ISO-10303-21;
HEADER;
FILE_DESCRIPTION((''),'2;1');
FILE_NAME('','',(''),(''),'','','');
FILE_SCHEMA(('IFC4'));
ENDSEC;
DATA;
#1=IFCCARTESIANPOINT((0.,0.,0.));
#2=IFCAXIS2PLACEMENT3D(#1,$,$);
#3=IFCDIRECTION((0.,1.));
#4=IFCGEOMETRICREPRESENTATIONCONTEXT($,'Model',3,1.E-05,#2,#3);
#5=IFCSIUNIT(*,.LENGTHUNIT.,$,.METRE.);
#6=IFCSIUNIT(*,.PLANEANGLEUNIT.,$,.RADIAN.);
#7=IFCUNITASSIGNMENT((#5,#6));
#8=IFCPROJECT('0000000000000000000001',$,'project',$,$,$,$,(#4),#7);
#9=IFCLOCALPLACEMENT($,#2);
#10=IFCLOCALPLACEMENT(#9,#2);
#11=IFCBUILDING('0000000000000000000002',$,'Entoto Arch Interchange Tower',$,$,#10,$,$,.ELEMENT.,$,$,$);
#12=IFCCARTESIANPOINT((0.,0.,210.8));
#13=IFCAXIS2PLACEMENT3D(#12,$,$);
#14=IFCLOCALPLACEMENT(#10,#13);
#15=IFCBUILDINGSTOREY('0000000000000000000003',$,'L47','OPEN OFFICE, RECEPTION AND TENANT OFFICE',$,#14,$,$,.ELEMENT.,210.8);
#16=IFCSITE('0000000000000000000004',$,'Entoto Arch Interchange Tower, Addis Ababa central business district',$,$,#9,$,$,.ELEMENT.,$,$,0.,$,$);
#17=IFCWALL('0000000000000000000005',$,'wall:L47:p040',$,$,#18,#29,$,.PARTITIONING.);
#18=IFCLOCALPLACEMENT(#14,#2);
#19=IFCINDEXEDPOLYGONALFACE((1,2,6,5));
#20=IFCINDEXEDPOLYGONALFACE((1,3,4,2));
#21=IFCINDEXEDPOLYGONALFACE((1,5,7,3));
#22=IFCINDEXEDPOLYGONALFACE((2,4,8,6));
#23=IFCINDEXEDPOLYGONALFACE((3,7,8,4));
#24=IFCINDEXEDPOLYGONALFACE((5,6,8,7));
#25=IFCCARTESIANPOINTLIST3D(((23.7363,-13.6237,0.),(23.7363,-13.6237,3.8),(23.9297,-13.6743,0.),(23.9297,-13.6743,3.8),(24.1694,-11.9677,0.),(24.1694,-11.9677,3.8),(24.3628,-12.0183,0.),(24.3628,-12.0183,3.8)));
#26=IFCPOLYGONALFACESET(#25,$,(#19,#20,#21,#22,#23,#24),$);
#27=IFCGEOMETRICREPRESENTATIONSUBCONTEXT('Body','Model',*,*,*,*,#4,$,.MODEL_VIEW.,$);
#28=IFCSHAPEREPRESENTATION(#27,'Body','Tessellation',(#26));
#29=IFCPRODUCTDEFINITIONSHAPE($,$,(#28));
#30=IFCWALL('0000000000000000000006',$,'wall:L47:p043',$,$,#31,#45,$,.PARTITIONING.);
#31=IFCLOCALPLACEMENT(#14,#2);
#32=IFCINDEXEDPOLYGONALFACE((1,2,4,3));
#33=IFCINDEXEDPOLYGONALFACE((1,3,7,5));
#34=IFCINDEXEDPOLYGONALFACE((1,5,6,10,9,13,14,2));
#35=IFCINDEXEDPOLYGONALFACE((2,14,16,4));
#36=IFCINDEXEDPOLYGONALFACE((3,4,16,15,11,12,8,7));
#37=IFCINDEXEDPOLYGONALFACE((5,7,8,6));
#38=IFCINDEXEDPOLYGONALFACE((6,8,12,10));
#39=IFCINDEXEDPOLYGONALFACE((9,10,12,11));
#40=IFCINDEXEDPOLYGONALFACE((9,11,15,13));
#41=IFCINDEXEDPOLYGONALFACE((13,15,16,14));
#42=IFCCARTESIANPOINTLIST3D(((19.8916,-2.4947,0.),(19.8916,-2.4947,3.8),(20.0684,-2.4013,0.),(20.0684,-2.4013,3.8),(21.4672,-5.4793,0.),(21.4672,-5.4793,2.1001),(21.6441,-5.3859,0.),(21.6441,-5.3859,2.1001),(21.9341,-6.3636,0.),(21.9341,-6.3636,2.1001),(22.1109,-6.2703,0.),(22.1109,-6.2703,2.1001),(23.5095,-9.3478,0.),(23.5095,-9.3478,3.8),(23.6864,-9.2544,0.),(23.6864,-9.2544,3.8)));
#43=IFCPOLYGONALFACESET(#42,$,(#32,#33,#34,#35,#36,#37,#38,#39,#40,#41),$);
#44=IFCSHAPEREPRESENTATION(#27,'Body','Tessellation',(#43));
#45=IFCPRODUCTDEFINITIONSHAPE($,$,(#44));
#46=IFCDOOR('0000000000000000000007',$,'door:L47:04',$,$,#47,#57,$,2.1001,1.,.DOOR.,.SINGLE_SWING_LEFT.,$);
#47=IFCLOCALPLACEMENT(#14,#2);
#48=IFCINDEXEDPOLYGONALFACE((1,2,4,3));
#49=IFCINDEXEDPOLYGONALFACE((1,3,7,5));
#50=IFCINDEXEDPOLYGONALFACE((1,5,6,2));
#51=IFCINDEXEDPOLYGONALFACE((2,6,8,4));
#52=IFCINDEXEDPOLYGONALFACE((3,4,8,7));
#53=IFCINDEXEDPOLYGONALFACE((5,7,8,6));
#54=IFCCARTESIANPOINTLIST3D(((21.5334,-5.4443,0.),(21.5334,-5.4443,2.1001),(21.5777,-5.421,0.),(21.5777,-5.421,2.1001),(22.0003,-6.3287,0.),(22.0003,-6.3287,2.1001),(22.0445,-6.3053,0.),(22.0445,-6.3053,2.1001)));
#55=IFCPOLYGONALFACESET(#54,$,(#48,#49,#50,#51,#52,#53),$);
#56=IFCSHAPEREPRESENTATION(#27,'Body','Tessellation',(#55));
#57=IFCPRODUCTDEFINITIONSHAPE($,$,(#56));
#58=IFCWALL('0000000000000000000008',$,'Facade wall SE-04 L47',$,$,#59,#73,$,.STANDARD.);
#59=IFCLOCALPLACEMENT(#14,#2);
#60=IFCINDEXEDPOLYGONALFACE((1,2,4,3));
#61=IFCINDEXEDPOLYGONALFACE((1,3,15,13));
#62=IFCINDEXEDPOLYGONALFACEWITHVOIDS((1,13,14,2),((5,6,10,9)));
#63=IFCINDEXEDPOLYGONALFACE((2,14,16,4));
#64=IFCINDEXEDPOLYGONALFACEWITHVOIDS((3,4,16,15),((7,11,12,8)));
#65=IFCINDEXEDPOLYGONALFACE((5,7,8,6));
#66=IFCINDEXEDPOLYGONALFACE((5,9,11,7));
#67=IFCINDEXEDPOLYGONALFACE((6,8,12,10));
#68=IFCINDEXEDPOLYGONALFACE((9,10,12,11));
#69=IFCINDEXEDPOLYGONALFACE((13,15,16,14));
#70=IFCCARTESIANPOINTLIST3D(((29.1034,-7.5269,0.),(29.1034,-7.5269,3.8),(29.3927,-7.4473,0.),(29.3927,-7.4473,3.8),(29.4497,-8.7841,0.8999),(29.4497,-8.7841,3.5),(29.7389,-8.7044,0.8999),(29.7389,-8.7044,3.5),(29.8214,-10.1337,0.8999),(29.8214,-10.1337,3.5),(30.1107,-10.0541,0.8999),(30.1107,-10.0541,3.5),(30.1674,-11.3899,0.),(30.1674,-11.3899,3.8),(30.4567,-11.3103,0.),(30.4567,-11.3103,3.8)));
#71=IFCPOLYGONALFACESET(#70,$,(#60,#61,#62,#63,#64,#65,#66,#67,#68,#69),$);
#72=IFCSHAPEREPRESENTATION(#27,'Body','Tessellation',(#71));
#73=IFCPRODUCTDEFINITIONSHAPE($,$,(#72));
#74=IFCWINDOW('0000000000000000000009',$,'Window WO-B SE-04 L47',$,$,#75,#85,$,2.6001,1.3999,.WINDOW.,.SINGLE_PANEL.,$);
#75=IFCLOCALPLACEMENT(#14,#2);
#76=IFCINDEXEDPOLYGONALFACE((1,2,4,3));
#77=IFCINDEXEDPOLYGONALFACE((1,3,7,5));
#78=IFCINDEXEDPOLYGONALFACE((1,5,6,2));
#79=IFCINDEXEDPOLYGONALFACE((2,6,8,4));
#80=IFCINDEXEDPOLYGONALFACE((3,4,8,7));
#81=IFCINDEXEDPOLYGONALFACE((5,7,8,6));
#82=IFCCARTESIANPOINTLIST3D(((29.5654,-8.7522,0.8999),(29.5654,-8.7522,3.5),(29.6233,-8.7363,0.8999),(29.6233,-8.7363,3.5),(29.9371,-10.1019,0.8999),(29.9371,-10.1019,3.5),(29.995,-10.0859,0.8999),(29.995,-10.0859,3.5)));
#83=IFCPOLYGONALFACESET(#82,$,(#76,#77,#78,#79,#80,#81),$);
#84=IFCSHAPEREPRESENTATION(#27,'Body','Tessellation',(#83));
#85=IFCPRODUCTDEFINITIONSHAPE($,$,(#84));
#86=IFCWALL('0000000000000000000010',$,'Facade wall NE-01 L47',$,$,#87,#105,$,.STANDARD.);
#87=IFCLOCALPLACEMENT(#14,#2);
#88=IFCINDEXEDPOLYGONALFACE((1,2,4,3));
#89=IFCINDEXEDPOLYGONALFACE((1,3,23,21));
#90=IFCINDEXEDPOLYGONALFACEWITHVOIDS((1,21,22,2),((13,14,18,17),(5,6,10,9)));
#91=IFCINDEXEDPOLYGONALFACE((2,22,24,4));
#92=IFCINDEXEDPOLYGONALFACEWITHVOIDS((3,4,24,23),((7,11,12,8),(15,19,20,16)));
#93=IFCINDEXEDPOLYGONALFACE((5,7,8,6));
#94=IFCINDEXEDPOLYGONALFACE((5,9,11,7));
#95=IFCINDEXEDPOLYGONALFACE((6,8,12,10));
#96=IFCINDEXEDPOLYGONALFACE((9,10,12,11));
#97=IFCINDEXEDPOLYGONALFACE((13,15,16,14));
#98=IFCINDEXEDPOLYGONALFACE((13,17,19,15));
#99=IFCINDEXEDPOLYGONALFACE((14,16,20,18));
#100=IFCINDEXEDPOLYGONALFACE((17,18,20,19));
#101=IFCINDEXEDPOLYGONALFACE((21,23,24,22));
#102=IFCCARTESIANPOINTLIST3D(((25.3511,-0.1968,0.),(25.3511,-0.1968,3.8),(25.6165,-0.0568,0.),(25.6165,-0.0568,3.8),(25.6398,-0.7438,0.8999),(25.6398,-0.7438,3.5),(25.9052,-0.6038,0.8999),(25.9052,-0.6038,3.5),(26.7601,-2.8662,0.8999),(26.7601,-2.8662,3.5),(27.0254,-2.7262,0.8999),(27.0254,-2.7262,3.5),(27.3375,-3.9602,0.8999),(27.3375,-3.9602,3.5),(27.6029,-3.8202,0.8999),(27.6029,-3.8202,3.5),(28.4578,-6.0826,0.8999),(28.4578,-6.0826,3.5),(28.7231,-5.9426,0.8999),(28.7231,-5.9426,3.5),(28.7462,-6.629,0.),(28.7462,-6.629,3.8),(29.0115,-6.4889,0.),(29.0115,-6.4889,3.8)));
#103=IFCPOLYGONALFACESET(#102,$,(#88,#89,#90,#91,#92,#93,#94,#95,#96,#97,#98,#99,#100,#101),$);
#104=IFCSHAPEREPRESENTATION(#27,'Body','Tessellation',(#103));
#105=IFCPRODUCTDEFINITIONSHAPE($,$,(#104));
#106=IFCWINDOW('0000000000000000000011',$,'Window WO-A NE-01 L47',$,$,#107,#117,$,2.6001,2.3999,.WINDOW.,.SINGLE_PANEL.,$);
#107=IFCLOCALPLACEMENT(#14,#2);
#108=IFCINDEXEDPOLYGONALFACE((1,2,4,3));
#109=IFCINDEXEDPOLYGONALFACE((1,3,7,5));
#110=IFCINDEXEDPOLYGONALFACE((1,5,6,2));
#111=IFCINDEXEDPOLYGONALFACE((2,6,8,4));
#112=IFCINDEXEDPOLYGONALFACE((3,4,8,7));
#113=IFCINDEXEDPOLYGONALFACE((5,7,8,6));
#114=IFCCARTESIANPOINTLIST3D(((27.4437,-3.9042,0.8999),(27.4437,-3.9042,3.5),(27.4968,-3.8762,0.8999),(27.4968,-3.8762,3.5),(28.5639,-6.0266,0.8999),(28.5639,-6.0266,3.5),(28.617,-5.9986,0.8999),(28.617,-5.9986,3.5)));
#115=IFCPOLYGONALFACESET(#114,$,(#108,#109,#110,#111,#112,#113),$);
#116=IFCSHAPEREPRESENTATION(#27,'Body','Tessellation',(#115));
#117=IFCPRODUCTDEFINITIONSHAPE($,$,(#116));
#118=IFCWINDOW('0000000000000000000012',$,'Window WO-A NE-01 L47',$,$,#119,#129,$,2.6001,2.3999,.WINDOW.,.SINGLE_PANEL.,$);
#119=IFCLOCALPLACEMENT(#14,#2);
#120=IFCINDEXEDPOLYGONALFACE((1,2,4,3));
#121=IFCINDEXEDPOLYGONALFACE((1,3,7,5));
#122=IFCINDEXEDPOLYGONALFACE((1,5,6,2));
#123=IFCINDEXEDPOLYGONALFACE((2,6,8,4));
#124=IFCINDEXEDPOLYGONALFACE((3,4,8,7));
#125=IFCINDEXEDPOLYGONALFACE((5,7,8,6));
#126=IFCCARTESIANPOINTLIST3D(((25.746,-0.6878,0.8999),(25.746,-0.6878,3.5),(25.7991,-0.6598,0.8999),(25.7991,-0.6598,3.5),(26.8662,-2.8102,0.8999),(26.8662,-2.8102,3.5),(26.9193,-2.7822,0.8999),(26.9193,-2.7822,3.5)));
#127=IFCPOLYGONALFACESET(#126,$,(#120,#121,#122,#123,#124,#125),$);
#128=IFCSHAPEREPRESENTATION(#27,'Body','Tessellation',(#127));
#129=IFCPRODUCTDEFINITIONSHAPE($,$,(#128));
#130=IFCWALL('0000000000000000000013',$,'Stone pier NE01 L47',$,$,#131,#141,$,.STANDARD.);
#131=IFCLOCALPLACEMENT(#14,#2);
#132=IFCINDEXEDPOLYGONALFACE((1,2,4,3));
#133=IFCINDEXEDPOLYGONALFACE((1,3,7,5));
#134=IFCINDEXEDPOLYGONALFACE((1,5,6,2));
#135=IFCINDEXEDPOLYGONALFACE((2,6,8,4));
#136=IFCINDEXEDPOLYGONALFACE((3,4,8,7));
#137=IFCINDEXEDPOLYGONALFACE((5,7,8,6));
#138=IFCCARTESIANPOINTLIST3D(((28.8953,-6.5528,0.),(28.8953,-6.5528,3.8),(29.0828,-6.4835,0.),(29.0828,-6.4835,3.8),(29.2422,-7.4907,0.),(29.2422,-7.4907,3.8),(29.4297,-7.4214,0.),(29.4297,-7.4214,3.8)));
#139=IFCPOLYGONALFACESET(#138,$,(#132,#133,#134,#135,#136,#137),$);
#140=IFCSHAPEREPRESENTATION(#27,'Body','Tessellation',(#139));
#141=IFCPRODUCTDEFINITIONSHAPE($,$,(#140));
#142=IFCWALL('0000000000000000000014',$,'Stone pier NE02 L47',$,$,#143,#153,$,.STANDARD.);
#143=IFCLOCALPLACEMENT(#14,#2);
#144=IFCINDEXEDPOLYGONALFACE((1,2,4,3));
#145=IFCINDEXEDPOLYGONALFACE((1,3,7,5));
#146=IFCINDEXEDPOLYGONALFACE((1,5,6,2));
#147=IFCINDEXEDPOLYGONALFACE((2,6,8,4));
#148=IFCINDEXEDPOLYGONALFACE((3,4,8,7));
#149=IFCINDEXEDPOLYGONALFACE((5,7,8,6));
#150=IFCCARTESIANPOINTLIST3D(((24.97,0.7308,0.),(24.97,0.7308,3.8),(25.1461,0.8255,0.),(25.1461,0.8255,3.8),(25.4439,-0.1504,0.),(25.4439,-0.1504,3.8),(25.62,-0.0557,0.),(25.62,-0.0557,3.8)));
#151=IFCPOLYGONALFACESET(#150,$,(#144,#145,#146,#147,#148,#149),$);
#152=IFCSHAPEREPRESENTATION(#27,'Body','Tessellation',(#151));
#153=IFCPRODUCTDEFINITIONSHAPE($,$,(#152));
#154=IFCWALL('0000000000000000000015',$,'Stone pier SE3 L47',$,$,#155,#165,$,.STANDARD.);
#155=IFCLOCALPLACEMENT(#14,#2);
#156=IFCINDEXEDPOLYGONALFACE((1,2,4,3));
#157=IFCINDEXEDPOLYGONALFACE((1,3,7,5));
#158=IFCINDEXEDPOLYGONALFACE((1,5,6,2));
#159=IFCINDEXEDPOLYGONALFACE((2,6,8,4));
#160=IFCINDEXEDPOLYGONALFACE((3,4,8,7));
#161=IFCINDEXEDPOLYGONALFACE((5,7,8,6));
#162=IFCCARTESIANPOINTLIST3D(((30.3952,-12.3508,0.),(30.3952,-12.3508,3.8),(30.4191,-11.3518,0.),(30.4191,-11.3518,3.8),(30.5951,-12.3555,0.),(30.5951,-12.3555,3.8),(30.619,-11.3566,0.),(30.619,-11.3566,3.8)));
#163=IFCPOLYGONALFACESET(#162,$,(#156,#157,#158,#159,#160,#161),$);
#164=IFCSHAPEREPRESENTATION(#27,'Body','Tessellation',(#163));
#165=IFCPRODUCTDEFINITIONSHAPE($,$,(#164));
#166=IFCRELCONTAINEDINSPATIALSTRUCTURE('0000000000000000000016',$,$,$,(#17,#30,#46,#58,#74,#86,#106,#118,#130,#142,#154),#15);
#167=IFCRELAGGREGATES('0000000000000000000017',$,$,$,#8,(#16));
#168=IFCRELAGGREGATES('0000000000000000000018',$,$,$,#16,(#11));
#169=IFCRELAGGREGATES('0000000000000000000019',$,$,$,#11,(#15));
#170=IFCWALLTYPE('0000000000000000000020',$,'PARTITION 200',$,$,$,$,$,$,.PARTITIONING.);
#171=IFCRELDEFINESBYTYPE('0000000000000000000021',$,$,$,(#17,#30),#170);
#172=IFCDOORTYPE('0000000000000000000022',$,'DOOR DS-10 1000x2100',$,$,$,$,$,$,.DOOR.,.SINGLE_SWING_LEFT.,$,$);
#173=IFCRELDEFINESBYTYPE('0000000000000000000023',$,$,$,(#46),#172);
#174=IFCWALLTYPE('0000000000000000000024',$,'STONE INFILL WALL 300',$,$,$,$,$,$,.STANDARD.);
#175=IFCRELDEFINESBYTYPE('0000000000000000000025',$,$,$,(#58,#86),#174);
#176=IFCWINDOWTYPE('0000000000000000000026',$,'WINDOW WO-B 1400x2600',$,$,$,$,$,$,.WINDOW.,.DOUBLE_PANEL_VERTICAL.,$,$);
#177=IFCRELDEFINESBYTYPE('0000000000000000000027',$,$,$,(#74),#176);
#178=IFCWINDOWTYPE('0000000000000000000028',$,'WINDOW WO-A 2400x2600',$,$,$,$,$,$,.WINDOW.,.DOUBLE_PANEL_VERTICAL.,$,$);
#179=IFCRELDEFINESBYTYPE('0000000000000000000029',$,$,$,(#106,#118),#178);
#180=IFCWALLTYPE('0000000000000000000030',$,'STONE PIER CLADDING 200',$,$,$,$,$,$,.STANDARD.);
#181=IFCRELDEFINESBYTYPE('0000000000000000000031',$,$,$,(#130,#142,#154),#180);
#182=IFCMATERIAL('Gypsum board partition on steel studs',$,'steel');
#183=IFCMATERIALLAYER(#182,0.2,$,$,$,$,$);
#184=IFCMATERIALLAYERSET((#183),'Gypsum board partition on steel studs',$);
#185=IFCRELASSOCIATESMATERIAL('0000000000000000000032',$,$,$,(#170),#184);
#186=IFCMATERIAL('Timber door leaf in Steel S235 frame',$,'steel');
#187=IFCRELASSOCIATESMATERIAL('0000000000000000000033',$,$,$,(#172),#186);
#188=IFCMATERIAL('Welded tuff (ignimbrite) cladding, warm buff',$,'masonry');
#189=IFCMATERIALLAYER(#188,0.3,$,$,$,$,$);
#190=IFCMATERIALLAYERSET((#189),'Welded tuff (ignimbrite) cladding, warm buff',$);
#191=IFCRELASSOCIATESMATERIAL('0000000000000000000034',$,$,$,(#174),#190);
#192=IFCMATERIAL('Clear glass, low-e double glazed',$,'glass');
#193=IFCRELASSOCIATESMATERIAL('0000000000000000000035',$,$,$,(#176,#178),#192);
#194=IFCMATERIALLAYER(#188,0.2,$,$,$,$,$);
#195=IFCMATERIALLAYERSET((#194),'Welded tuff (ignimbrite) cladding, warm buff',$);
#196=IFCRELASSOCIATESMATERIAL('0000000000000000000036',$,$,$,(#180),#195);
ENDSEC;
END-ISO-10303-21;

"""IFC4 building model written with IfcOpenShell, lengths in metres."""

from ifc_helpers import new_model, si_unit, direction, frame, frame_2d, origin, place, context, subcontext, project, spatial, rectangle, extrude, material, layer, layer_set, type_object, element, fill, save


model = new_model("IFC4")

# Units and contexts
model_context = context("Model", 3, precision=1e-05, world=origin(), true_north=direction((0.0, 1.0)))
body_context = subcontext(model_context, "Body", "Model", "MODEL_VIEW")
ifc_project = project(units=[si_unit("LENGTHUNIT", "METRE"), si_unit("PLANEANGLEUNIT", "RADIAN")], contexts=[model_context])

# Site, building, storey
site_placement = place(None, origin())
site = spatial("IfcSite", under=ifc_project, at=site_placement, Name="Entoto Arch Interchange Tower, Addis Ababa central business district", CompositionType="ELEMENT", RefElevation=0.0)
building_placement = place(site_placement, origin())
building = spatial("IfcBuilding", under=site, at=building_placement, Name="Entoto Arch Interchange Tower", CompositionType="ELEMENT")
storey_placement = place(building_placement, frame((0.0, 0.0, 210.8)))
storey = spatial("IfcBuildingStorey", under=building, at=storey_placement, Name="L47", Description="OPEN OFFICE, RECEPTION AND TENANT OFFICE", CompositionType="ELEMENT", Elevation=210.8)

# Shared definitions
ifc_material_1 = material(Name="Gypsum board partition on steel studs", Category="steel")
ifc_layer_1 = layer(ifc_material_1, 0.2)
ifc_layer_set_1 = layer_set([ifc_layer_1], Name="Gypsum board partition on steel studs")
wall_type_1 = type_object("IfcWallType", Name="PARTITION 200", PredefinedType="PARTITIONING", material=ifc_layer_set_1)

# Shared definitions
ifc_material_2 = material(Name="Timber door leaf in Steel S235 frame", Category="steel")

# Wall
wall_1_placement = place(storey_placement, frame((24.2661, -11.9929, 0.0), z_axis=(0.0, 0.0, 1.0), x_axis=(-0.253026, -0.96746, 0.0)))
element("IfcWall", 1, at=wall_1_placement, inside=storey, type_object=wall_type_1, Name="wall:L47:p040", PredefinedType="PARTITIONING", context=body_context, shape_type="SweptSolid", body=[
    extrude(rectangle(XDim=1.7117, YDim=0.2, at=frame_2d((0.856, 0.0))), origin(), (0.0, 0.0, 1.0), 3.8),
])

# Wall, opening, door
wall_2_placement = place(storey_placement, frame((19.98, -2.448, 0.0), z_axis=(0.0, 0.0, 1.0), x_axis=(0.466864, -0.884329, 0.0)))
wall_2 = element("IfcWall", 2, at=wall_2_placement, inside=storey, type_object=wall_type_1, Name="wall:L47:p043", PredefinedType="PARTITIONING", context=body_context, shape_type="SweptSolid", body=[
    extrude(rectangle(XDim=7.7495, YDim=0.2, at=frame_2d((3.8748, 0.0))), origin(), (0.0, 0.0, 1.0), 3.8),
])
opening_1_placement = place(wall_2_placement, frame((3.375, 0.0, 0.0)))
opening_1 = element("IfcOpeningElement", 3, at=opening_1_placement, cuts=wall_2, PredefinedType="OPENING", context=body_context, shape_type="SweptSolid", body=[
    extrude(rectangle(XDim=1.0, YDim=2.1001, at=frame_2d((0.5, 1.05))), frame((0.0, 0.1099, 0.0), z_axis=(0.0, -1.0, 0.0), x_axis=(1.0, 0.0, 0.0)), (0.0, 0.0, 1.0), 0.22),
])
door_type_1 = type_object("IfcDoorType", Name="DOOR DS-10 1000x2100", OperationType="SINGLE_SWING_LEFT", PredefinedType="DOOR", material=ifc_material_2)
door_1_placement = place(opening_1_placement, origin())
door_1 = element("IfcDoor", 4, at=door_1_placement, inside=storey, type_object=door_type_1, Name="door:L47:04", OperationType="SINGLE_SWING_LEFT", OverallHeight=2.1001, OverallWidth=1.0, PredefinedType="DOOR", context=body_context, shape_type="SweptSolid", body=[
    extrude(rectangle(XDim=1.0, YDim=2.1001, at=frame_2d((0.5, 1.05))), frame((0.0, 0.0249, 0.0), z_axis=(0.0, -1.0, 0.0), x_axis=(1.0, 0.0, 0.0)), (0.0, 0.0, 1.0), 0.05),
])
fill(opening_1, door_1)

# Wall, opening, window
ifc_material_3 = material(Name="Welded tuff (ignimbrite) cladding, warm buff", Category="masonry")
ifc_layer_2 = layer(ifc_material_3, 0.3)
ifc_layer_set_2 = layer_set([ifc_layer_2], Name="Welded tuff (ignimbrite) cladding, warm buff")
wall_type_2 = type_object("IfcWallType", Name="STONE INFILL WALL 300", PredefinedType="STANDARD", material=ifc_layer_set_2)
wall_3_placement = place(storey_placement, frame((30.312, -11.3501, 0.0), z_axis=(0.0, 0.0, 1.0), x_axis=(-0.265535, 0.964101, 0.0)))
wall_3 = element("IfcWall", 5, at=wall_3_placement, inside=storey, type_object=wall_type_2, Name="Facade wall SE-04 L47", PredefinedType="STANDARD", context=body_context, shape_type="SweptSolid", body=[
    extrude(rectangle(XDim=4.0068, YDim=0.3, at=frame_2d((2.0034, 0.0))), origin(), (0.0, 0.0, 1.0), 3.8),
])
opening_2_placement = place(wall_3_placement, frame((1.303, 0.0, 0.8999)))
opening_2 = element("IfcOpeningElement", 6, at=opening_2_placement, cuts=wall_3, PredefinedType="OPENING", context=body_context, shape_type="SweptSolid", body=[
    extrude(rectangle(XDim=1.3999, YDim=2.6001, at=frame_2d((0.7, 1.3))), frame((0.0, 0.1602, 0.0), z_axis=(0.0, -1.0, 0.0), x_axis=(1.0, 0.0, 0.0)), (0.0, 0.0, 1.0), 0.3201),
])
ifc_material_4 = material(Name="Clear glass, low-e double glazed", Category="glass")
window_type_1 = type_object("IfcWindowType", Name="WINDOW WO-B 1400x2600", PartitioningType="DOUBLE_PANEL_VERTICAL", PredefinedType="WINDOW", material=ifc_material_4)
window_1_placement = place(opening_2_placement, origin())
window_1 = element("IfcWindow", 7, at=window_1_placement, inside=storey, type_object=window_type_1, Name="Window WO-B SE-04 L47", OverallHeight=2.6001, OverallWidth=1.3999, PartitioningType="SINGLE_PANEL", PredefinedType="WINDOW", context=body_context, shape_type="SweptSolid", body=[
    extrude(rectangle(XDim=1.3999, YDim=2.6001, at=frame_2d((0.7, 1.3))), frame((0.0, 0.03, 0.0), z_axis=(0.0, -1.0, 0.0), x_axis=(1.0, 0.0, 0.0)), (0.0, 0.0, 1.0), 0.0601),
])
fill(opening_2, window_1)

# Wall, openings, windows
wall_4_placement = place(storey_placement, frame((28.8789, -6.5591, 0.0), z_axis=(0.0, 0.0, 1.0), x_axis=(-0.466789, 0.884369, 0.0)))
wall_4 = element("IfcWall", 8, at=wall_4_placement, inside=storey, type_object=wall_type_2, Name="Facade wall NE-01 L47", PredefinedType="STANDARD", context=body_context, shape_type="SweptSolid", body=[
    extrude(rectangle(XDim=7.2732, YDim=0.3, at=frame_2d((3.6367, 0.0))), origin(), (0.0, 0.0, 1.0), 3.8),
])
opening_3_placement = place(wall_4_placement, frame((0.6179, 0.0, 0.8999)))
opening_3 = element("IfcOpeningElement", 9, at=opening_3_placement, cuts=wall_4, PredefinedType="OPENING", context=body_context, shape_type="SweptSolid", body=[
    extrude(rectangle(XDim=2.3999, YDim=2.6001, at=frame_2d((1.2, 1.3))), frame((0.0, 0.1602, 0.0), z_axis=(0.0, -1.0, 0.0), x_axis=(1.0, 0.0, 0.0)), (0.0, 0.0, 1.0), 0.3201),
])
opening_4_placement = place(wall_4_placement, frame((4.2549, 0.0, 0.8999)))
opening_4 = element("IfcOpeningElement", 10, at=opening_4_placement, cuts=wall_4, PredefinedType="OPENING", context=body_context, shape_type="SweptSolid", body=[
    extrude(rectangle(XDim=2.3999, YDim=2.6001, at=frame_2d((1.2, 1.3))), frame((0.0, 0.1602, 0.0), z_axis=(0.0, -1.0, 0.0), x_axis=(1.0, 0.0, 0.0)), (0.0, 0.0, 1.0), 0.3201),
])
window_type_2 = type_object("IfcWindowType", Name="WINDOW WO-A 2400x2600", PartitioningType="DOUBLE_PANEL_VERTICAL", PredefinedType="WINDOW", material=ifc_material_4)
window_2_placement = place(opening_3_placement, origin())
window_2 = element("IfcWindow", 11, at=window_2_placement, inside=storey, type_object=window_type_2, Name="Window WO-A NE-01 L47", OverallHeight=2.6001, OverallWidth=2.3999, PartitioningType="SINGLE_PANEL", PredefinedType="WINDOW", context=body_context, shape_type="SweptSolid", body=[
    extrude(rectangle(XDim=2.3999, YDim=2.6001, at=frame_2d((1.2, 1.3))), frame((0.0, 0.03, 0.0), z_axis=(0.0, -1.0, 0.0), x_axis=(1.0, 0.0, 0.0)), (0.0, 0.0, 1.0), 0.0601),
])
fill(opening_3, window_2)
window_3_placement = place(opening_4_placement, origin())
window_3 = element("IfcWindow", 12, at=window_3_placement, inside=storey, type_object=window_type_2, Name="Window WO-A NE-01 L47", OverallHeight=2.6001, OverallWidth=2.3999, PartitioningType="SINGLE_PANEL", PredefinedType="WINDOW", context=body_context, shape_type="SweptSolid", body=[
    extrude(rectangle(XDim=2.3999, YDim=2.6001, at=frame_2d((1.2, 1.3))), frame((0.0, 0.03, 0.0), z_axis=(0.0, -1.0, 0.0), x_axis=(1.0, 0.0, 0.0)), (0.0, 0.0, 1.0), 0.0601),
])
fill(opening_4, window_3)

# Walls
ifc_layer_3 = layer(ifc_material_3, 0.2)
ifc_layer_set_3 = layer_set([ifc_layer_3], Name="Welded tuff (ignimbrite) cladding, warm buff")
wall_type_3 = type_object("IfcWallType", Name="STONE PIER CLADDING 200", PredefinedType="STANDARD", material=ifc_layer_set_3)
wall_5_placement = place(storey_placement, frame((29.3359, -7.4561, 0.0), z_axis=(0.0, 0.0, 1.0), x_axis=(-0.346893, 0.937905, 0.0)))
element("IfcWall", 13, at=wall_5_placement, inside=storey, type_object=wall_type_3, Name="Stone pier NE01 L47", PredefinedType="STANDARD", context=body_context, shape_type="SweptSolid", body=[
    extrude(rectangle(XDim=1.0, YDim=0.2, at=frame_2d((0.5, 0.0))), origin(), (0.0, 0.0, 1.0), 3.8),
])
wall_6_placement = place(storey_placement, frame((25.532, -0.103, 0.0), z_axis=(0.0, 0.0, 1.0), x_axis=(-0.473663, 0.880706, 0.0)))
element("IfcWall", 14, at=wall_6_placement, inside=storey, type_object=wall_type_3, Name="Stone pier NE02 L47", PredefinedType="STANDARD", context=body_context, shape_type="SweptSolid", body=[
    extrude(rectangle(XDim=1.0005, YDim=0.2, at=frame_2d((0.5002, 0.0))), origin(), (0.0, 0.0, 1.0), 3.8),
])
wall_7_placement = place(storey_placement, frame((30.4951, -12.353, 0.0), z_axis=(0.0, 0.0, 1.0), x_axis=(0.023942, 0.999713, 0.0)))
element("IfcWall", 15, at=wall_7_placement, inside=storey, type_object=wall_type_3, Name="Stone pier SE3 L47", PredefinedType="STANDARD", context=body_context, shape_type="SweptSolid", body=[
    extrude(rectangle(XDim=0.9993, YDim=0.2, at=frame_2d((0.4995, 0.0))), origin(), (0.0, 0.0, 1.0), 3.8),
])

save(model, "model.ifc")
